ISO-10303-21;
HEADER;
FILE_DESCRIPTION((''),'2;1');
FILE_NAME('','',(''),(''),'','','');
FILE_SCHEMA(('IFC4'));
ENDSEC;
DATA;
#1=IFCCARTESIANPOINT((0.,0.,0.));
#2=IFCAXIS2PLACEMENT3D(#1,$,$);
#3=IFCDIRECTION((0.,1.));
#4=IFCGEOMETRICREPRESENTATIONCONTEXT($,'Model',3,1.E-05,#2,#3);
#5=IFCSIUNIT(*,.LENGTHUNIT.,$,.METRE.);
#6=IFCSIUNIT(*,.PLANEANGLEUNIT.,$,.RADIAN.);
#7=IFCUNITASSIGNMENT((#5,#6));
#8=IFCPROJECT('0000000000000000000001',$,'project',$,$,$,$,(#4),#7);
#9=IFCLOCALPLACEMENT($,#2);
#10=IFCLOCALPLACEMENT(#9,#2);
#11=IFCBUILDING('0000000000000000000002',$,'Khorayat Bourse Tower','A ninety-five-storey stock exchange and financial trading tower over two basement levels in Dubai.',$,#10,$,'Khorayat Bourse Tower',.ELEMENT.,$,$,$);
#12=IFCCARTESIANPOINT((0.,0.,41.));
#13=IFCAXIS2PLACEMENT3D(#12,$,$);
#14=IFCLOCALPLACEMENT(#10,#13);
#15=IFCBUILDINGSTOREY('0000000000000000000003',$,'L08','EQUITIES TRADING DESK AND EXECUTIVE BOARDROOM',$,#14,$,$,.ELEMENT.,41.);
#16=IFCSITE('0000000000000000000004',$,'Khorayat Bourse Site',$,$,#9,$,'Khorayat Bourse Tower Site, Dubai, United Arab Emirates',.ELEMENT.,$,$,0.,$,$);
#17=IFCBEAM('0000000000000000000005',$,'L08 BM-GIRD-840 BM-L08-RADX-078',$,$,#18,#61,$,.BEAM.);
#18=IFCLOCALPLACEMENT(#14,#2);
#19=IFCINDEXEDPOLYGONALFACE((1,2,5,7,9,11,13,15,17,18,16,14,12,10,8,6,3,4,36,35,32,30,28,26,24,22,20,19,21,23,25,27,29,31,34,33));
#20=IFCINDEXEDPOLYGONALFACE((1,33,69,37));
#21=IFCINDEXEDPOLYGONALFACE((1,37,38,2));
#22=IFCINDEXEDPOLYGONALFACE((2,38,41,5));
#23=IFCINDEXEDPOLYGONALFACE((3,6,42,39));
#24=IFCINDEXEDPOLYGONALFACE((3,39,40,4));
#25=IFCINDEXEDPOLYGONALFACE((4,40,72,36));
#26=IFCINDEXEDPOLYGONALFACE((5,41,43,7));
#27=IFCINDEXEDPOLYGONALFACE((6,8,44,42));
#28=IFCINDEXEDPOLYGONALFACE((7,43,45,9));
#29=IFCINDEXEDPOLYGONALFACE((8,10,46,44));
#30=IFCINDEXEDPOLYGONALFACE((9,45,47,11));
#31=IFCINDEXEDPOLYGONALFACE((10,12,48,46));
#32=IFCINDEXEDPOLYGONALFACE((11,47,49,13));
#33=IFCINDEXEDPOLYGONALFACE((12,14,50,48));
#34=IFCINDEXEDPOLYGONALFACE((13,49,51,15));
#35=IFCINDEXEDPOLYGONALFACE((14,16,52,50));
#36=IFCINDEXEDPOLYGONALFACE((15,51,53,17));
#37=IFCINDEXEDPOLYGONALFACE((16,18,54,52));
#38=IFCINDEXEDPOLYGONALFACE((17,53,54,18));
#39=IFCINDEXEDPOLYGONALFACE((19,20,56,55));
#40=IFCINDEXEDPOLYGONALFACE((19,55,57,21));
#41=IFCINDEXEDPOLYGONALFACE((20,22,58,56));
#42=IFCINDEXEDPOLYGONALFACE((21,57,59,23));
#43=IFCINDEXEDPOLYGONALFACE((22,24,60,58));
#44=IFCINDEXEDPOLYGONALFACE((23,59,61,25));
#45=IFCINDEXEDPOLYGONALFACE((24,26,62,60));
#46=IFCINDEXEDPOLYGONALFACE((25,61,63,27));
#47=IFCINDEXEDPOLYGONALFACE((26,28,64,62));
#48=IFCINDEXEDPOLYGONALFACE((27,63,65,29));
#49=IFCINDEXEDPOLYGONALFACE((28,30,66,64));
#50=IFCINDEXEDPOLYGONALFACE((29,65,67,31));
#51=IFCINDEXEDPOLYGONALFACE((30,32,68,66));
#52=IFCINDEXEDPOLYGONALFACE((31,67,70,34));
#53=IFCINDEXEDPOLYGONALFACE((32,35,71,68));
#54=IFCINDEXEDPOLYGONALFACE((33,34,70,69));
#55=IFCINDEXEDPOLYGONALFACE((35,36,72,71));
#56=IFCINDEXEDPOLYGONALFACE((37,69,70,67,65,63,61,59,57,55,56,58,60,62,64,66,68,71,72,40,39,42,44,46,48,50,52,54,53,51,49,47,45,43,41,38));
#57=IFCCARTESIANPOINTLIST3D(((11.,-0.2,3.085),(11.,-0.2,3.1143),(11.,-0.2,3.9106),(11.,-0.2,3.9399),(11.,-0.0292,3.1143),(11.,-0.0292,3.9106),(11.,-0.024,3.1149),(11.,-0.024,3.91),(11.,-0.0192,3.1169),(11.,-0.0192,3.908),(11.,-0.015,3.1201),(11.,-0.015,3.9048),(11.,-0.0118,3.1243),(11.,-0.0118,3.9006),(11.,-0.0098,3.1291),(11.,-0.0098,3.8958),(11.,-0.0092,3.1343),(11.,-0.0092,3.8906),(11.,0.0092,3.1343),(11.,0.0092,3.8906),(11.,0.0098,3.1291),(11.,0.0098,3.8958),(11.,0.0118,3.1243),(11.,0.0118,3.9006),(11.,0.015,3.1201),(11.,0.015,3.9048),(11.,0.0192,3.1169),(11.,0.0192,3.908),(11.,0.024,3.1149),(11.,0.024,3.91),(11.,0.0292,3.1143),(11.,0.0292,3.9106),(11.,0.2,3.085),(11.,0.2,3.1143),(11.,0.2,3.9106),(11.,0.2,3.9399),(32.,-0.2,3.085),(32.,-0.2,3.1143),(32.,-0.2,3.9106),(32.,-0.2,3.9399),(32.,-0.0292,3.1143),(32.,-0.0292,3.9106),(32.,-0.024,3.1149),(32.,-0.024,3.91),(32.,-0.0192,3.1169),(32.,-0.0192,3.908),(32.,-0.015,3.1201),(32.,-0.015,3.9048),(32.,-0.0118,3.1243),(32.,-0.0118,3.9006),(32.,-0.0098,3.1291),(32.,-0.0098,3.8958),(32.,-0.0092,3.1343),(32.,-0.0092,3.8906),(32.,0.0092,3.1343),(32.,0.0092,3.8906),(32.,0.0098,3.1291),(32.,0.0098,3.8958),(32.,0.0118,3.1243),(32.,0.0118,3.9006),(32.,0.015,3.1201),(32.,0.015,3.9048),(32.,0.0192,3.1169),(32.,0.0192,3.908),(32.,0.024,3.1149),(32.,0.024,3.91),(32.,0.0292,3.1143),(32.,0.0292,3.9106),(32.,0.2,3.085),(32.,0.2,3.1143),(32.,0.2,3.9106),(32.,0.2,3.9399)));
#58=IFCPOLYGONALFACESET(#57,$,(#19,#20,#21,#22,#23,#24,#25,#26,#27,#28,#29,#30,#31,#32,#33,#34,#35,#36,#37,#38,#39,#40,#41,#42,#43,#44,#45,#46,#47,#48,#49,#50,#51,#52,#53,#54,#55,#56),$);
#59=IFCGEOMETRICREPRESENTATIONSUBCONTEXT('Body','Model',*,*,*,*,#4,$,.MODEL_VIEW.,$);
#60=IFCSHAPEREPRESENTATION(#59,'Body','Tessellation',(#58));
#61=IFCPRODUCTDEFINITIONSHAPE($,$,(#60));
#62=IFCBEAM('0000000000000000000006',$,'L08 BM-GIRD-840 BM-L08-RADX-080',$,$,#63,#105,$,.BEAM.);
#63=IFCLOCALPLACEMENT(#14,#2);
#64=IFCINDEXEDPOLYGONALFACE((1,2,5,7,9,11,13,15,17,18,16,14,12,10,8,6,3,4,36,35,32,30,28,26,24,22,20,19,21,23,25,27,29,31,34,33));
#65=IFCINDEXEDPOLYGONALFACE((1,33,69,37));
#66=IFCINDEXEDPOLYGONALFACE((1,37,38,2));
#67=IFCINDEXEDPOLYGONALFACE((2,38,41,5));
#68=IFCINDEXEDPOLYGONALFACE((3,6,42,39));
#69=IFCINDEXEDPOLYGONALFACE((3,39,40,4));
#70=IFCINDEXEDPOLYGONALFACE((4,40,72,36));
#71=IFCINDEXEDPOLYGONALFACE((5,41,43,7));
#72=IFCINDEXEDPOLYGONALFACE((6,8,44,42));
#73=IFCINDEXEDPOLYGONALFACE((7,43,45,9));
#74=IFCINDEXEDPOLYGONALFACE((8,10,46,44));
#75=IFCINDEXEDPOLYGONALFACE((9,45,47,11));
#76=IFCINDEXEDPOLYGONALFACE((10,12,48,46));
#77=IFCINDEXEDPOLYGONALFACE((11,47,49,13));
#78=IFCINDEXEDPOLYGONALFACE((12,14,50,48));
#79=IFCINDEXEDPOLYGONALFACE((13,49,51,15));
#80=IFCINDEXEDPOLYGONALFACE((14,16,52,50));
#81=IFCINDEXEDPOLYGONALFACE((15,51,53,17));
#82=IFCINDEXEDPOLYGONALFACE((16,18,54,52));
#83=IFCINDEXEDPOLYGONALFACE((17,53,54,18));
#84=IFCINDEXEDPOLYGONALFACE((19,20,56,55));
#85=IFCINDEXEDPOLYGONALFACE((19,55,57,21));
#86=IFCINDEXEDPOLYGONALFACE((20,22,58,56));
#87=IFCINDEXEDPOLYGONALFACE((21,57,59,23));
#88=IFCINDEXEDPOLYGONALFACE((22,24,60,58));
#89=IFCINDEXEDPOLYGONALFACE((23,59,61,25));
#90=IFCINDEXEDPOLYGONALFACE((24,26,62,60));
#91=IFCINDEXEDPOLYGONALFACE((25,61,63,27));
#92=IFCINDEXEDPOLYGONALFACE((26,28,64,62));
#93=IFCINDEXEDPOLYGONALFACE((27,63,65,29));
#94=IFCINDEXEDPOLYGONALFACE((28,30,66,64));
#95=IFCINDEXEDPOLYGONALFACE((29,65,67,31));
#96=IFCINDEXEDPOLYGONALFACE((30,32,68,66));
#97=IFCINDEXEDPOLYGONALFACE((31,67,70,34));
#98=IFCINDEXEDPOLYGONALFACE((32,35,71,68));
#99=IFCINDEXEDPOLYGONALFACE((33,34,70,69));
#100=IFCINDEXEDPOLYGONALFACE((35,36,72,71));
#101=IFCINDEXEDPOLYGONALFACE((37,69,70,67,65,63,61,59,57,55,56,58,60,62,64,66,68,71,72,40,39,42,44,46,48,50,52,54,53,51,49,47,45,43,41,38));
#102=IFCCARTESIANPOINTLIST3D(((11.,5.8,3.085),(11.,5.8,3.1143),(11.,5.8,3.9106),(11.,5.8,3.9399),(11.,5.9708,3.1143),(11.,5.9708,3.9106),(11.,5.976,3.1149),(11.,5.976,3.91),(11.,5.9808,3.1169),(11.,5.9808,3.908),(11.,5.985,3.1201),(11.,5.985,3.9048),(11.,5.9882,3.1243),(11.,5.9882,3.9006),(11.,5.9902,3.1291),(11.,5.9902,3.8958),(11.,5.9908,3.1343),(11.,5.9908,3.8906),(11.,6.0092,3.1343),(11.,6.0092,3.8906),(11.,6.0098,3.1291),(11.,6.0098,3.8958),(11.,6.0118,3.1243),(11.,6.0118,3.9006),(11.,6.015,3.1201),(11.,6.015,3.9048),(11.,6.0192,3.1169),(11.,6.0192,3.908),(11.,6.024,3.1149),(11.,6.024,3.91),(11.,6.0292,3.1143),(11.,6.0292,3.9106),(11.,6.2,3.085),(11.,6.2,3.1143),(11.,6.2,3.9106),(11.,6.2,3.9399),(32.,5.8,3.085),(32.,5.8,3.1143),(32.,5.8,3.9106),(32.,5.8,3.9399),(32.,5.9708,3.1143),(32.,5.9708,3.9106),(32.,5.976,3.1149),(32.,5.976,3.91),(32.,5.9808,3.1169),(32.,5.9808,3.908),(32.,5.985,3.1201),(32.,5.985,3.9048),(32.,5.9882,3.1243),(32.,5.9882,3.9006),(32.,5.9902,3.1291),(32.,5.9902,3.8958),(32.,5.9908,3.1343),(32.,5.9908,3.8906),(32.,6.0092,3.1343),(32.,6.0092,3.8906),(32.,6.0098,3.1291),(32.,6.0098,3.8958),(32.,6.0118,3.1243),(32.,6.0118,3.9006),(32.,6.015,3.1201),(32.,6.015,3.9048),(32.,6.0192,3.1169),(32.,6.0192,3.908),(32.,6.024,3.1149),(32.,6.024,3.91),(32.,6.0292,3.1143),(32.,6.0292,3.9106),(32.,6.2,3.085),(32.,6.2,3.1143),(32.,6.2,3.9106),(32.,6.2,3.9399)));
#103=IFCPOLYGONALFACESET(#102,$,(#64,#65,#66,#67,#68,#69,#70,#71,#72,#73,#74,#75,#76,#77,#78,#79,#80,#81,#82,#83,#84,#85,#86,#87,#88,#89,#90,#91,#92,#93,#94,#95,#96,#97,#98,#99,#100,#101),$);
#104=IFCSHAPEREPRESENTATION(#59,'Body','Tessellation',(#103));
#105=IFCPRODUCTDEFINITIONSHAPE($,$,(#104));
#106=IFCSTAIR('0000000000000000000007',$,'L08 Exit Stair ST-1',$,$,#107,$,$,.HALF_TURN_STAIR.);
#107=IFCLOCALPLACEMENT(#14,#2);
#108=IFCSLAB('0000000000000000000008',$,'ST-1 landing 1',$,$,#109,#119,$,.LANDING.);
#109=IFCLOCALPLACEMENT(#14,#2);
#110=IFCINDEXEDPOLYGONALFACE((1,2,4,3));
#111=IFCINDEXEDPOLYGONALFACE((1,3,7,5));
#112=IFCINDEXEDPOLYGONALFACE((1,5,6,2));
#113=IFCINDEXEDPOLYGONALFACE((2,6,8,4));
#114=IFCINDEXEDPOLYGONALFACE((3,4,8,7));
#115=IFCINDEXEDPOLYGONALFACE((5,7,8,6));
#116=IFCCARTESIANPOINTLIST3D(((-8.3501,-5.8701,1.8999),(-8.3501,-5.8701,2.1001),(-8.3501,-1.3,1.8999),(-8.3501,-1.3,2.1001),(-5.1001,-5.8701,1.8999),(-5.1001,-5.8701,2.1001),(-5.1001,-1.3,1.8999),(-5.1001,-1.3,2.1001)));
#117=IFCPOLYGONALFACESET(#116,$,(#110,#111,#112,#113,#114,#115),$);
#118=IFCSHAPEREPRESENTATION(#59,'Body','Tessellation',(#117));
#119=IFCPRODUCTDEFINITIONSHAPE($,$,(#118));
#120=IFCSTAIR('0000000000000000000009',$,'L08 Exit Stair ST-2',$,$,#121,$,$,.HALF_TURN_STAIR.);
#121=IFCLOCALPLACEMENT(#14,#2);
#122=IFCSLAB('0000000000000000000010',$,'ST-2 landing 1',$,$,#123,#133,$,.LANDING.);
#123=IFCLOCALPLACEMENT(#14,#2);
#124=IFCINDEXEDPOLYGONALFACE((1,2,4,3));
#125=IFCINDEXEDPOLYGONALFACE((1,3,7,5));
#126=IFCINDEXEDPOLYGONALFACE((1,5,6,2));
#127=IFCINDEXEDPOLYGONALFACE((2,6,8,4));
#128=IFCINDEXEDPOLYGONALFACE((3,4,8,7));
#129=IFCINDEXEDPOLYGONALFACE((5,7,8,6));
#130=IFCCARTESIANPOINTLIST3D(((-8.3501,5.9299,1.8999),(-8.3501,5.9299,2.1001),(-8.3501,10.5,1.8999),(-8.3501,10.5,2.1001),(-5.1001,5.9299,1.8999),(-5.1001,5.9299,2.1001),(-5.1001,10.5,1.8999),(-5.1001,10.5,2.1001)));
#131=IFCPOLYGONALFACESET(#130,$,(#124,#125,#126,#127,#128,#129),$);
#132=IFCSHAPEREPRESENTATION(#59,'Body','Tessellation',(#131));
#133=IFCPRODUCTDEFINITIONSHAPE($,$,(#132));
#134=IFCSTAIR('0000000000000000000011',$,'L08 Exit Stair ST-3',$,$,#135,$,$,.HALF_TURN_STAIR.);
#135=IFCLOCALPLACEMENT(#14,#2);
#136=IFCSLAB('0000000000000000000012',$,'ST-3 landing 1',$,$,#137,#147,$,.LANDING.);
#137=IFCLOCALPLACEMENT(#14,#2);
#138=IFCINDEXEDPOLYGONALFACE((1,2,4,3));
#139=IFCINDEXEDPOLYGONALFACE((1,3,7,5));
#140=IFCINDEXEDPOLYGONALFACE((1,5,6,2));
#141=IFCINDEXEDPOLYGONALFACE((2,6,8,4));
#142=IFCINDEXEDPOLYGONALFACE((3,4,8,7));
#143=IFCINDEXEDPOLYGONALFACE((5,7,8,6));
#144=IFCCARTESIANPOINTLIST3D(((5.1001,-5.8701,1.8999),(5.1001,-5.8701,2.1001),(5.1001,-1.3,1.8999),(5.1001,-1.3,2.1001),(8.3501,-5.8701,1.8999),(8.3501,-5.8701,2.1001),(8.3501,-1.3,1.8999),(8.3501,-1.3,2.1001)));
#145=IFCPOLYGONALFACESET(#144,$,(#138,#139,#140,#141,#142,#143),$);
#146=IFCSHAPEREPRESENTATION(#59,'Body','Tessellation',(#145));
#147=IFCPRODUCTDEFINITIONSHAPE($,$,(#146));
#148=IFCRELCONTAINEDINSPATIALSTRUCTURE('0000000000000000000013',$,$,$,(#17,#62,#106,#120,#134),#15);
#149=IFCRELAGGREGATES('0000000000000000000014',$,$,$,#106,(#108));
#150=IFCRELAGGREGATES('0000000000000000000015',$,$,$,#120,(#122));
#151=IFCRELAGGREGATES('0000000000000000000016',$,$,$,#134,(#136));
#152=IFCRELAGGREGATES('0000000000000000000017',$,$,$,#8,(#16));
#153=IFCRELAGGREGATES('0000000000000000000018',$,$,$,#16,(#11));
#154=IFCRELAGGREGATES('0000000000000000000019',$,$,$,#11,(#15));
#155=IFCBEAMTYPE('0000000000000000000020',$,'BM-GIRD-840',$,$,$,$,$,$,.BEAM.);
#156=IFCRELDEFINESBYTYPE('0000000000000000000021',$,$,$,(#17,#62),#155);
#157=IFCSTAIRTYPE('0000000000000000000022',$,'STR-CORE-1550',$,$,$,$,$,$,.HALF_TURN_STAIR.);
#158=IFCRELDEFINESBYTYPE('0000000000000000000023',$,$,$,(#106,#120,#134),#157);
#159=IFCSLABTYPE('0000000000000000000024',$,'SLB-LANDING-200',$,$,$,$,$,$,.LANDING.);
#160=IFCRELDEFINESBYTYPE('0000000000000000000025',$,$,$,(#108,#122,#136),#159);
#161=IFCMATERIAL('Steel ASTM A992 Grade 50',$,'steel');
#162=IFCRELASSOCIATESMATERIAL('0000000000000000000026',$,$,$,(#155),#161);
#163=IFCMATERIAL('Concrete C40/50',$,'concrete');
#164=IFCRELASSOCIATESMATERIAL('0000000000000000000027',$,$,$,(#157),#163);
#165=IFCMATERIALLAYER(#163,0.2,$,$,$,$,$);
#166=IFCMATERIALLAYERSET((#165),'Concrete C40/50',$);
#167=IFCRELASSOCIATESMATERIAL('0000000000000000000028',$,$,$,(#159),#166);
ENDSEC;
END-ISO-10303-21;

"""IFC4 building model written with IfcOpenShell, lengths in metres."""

from ifc_helpers import new_model, si_unit, direction, frame, origin, origin_2d, place, context, subcontext, project, spatial, polyline, i_section, outline, extrude, source, transform, mapped, material, layer, layer_set, material_profile, profile_set, type_object, element, aggregate, save


model = new_model("IFC4")

# Units and contexts
model_context = context("Model", 3, precision=1e-05, world=origin(), true_north=direction((0.0, 1.0)))
body_context = subcontext(model_context, "Body", "Model", "MODEL_VIEW")
ifc_project = project(units=[si_unit("LENGTHUNIT", "METRE"), si_unit("PLANEANGLEUNIT", "RADIAN")], contexts=[model_context])

# Site, building, storey
site_placement = place(None, origin())
site = spatial("IfcSite", under=ifc_project, at=site_placement, Name="Khorayat Bourse Site", LongName="Khorayat Bourse Tower Site, Dubai, United Arab Emirates", CompositionType="ELEMENT", RefElevation=0.0)
building_placement = place(site_placement, origin())
building = spatial("IfcBuilding", under=site, at=building_placement, Name="Khorayat Bourse Tower", Description="A ninety-five-storey stock exchange and financial trading tower over two basement levels in Dubai.", LongName="Khorayat Bourse Tower", CompositionType="ELEMENT")
storey_placement = place(building_placement, frame((0.0, 0.0, 41.0)))
storey = spatial("IfcBuildingStorey", under=building, at=storey_placement, Name="L08", Description="EQUITIES TRADING DESK AND EXECUTIVE BOARDROOM", CompositionType="ELEMENT", Elevation=41.0)

# Beams
ifc_material_1 = material(Name="Steel ASTM A992 Grade 50", Category="steel")
ifc_material_profile_1 = material_profile(ifc_material_1, i_section(OverallWidth=0.3999, OverallDepth=0.855, WebThickness=0.0183, FlangeThickness=0.0293, FilletRadius=0.02, at=origin_2d()), Name="W840X299")
ifc_profile_set_1 = profile_set([ifc_material_profile_1], Name="Steel ASTM A992 Grade 50")
beam_type_1 = type_object("IfcBeamType", Name="BM-GIRD-840", PredefinedType="BEAM", material=ifc_profile_set_1)
shared_shape_1 = source(origin(), body_context, "Body", "SweptSolid", [
    extrude(i_section(OverallWidth=0.3999, OverallDepth=0.855, WebThickness=0.0183, FlangeThickness=0.0293, FilletRadius=0.02, at=origin_2d()), origin(), (0.0, 0.0, 1.0), 21.0),
])
for number, where, z_axis, x_axis, name in (
    (1, (11.0, 0.0, 3.5125), (1.0, 0.0, 0.0), (0.0, 1.0, 0.0), "L08 BM-GIRD-840 BM-L08-RADX-078"),
    (2, (11.0, 6.0, 3.5125), (1.0, 0.0, 0.0), (0.0, 1.0, 0.0), "L08 BM-GIRD-840 BM-L08-RADX-080"),
):
    element("IfcBeam", number, at=place(storey_placement, frame(where, z_axis=z_axis, x_axis=x_axis)), inside=storey, type_object=beam_type_1, Name=name, PredefinedType="BEAM", context=body_context, shape_type="MappedRepresentation", body=[
        mapped(shared_shape_1, transform((0.0, 0.0, 0.0), scale=1.0)),
    ])

# Stairs, slabs
ifc_material_2 = material(Name="Concrete C40/50", Category="concrete")
stair_type = type_object("IfcStairType", Name="STR-CORE-1550", PredefinedType="HALF_TURN_STAIR", material=ifc_material_2)
stair_1_placement = place(storey_placement, origin())
stair_1 = element("IfcStair", 3, at=stair_1_placement, inside=storey, type_object=stair_type, Name="L08 Exit Stair ST-1", PredefinedType="HALF_TURN_STAIR")
ifc_layer_1 = layer(ifc_material_2, 0.2)
ifc_layer_set_1 = layer_set([ifc_layer_1], Name="Concrete C40/50")
slab_type_1 = type_object("IfcSlabType", Name="SLB-LANDING-200", PredefinedType="LANDING", material=ifc_layer_set_1)
slab_1_placement = place(storey_placement, frame((0.0, 0.0, 1.8999)))
slab_1 = element("IfcSlab", 4, at=slab_1_placement, type_object=slab_type_1, Name="ST-1 landing 1", PredefinedType="LANDING", context=body_context, shape_type="SweptSolid", body=[
    extrude(outline(polyline([(-5.1001, -5.8701), (-5.1001, -1.3), (-8.3501, -1.3), (-8.3501, -5.8701), (-5.1001, -5.8701)])), origin(), (0.0, 0.0, 1.0), 0.2002),
])
aggregate(stair_1, [slab_1])
stair_2_placement = place(storey_placement, origin())
stair_2 = element("IfcStair", 5, at=stair_2_placement, inside=storey, type_object=stair_type, Name="L08 Exit Stair ST-2", PredefinedType="HALF_TURN_STAIR")
slab_2_placement = place(storey_placement, frame((0.0, 0.0, 1.8999)))
slab_2 = element("IfcSlab", 6, at=slab_2_placement, type_object=slab_type_1, Name="ST-2 landing 1", PredefinedType="LANDING", context=body_context, shape_type="SweptSolid", body=[
    extrude(outline(polyline([(-5.1001, 5.9299), (-5.1001, 10.5), (-8.3501, 10.5), (-8.3501, 5.9299), (-5.1001, 5.9299)])), origin(), (0.0, 0.0, 1.0), 0.2002),
])
aggregate(stair_2, [slab_2])
stair_3_placement = place(storey_placement, origin())
stair_3 = element("IfcStair", 7, at=stair_3_placement, inside=storey, type_object=stair_type, Name="L08 Exit Stair ST-3", PredefinedType="HALF_TURN_STAIR")
slab_3_placement = place(storey_placement, frame((0.0, 0.0, 1.8999)))
slab_3 = element("IfcSlab", 8, at=slab_3_placement, type_object=slab_type_1, Name="ST-3 landing 1", PredefinedType="LANDING", context=body_context, shape_type="SweptSolid", body=[
    extrude(outline(polyline([(8.3501, -5.8701), (8.3501, -1.3), (5.1001, -1.3), (5.1001, -5.8701), (8.3501, -5.8701)])), origin(), (0.0, 0.0, 1.0), 0.2002),
])
aggregate(stair_3, [slab_3])

save(model, "model.ifc")
